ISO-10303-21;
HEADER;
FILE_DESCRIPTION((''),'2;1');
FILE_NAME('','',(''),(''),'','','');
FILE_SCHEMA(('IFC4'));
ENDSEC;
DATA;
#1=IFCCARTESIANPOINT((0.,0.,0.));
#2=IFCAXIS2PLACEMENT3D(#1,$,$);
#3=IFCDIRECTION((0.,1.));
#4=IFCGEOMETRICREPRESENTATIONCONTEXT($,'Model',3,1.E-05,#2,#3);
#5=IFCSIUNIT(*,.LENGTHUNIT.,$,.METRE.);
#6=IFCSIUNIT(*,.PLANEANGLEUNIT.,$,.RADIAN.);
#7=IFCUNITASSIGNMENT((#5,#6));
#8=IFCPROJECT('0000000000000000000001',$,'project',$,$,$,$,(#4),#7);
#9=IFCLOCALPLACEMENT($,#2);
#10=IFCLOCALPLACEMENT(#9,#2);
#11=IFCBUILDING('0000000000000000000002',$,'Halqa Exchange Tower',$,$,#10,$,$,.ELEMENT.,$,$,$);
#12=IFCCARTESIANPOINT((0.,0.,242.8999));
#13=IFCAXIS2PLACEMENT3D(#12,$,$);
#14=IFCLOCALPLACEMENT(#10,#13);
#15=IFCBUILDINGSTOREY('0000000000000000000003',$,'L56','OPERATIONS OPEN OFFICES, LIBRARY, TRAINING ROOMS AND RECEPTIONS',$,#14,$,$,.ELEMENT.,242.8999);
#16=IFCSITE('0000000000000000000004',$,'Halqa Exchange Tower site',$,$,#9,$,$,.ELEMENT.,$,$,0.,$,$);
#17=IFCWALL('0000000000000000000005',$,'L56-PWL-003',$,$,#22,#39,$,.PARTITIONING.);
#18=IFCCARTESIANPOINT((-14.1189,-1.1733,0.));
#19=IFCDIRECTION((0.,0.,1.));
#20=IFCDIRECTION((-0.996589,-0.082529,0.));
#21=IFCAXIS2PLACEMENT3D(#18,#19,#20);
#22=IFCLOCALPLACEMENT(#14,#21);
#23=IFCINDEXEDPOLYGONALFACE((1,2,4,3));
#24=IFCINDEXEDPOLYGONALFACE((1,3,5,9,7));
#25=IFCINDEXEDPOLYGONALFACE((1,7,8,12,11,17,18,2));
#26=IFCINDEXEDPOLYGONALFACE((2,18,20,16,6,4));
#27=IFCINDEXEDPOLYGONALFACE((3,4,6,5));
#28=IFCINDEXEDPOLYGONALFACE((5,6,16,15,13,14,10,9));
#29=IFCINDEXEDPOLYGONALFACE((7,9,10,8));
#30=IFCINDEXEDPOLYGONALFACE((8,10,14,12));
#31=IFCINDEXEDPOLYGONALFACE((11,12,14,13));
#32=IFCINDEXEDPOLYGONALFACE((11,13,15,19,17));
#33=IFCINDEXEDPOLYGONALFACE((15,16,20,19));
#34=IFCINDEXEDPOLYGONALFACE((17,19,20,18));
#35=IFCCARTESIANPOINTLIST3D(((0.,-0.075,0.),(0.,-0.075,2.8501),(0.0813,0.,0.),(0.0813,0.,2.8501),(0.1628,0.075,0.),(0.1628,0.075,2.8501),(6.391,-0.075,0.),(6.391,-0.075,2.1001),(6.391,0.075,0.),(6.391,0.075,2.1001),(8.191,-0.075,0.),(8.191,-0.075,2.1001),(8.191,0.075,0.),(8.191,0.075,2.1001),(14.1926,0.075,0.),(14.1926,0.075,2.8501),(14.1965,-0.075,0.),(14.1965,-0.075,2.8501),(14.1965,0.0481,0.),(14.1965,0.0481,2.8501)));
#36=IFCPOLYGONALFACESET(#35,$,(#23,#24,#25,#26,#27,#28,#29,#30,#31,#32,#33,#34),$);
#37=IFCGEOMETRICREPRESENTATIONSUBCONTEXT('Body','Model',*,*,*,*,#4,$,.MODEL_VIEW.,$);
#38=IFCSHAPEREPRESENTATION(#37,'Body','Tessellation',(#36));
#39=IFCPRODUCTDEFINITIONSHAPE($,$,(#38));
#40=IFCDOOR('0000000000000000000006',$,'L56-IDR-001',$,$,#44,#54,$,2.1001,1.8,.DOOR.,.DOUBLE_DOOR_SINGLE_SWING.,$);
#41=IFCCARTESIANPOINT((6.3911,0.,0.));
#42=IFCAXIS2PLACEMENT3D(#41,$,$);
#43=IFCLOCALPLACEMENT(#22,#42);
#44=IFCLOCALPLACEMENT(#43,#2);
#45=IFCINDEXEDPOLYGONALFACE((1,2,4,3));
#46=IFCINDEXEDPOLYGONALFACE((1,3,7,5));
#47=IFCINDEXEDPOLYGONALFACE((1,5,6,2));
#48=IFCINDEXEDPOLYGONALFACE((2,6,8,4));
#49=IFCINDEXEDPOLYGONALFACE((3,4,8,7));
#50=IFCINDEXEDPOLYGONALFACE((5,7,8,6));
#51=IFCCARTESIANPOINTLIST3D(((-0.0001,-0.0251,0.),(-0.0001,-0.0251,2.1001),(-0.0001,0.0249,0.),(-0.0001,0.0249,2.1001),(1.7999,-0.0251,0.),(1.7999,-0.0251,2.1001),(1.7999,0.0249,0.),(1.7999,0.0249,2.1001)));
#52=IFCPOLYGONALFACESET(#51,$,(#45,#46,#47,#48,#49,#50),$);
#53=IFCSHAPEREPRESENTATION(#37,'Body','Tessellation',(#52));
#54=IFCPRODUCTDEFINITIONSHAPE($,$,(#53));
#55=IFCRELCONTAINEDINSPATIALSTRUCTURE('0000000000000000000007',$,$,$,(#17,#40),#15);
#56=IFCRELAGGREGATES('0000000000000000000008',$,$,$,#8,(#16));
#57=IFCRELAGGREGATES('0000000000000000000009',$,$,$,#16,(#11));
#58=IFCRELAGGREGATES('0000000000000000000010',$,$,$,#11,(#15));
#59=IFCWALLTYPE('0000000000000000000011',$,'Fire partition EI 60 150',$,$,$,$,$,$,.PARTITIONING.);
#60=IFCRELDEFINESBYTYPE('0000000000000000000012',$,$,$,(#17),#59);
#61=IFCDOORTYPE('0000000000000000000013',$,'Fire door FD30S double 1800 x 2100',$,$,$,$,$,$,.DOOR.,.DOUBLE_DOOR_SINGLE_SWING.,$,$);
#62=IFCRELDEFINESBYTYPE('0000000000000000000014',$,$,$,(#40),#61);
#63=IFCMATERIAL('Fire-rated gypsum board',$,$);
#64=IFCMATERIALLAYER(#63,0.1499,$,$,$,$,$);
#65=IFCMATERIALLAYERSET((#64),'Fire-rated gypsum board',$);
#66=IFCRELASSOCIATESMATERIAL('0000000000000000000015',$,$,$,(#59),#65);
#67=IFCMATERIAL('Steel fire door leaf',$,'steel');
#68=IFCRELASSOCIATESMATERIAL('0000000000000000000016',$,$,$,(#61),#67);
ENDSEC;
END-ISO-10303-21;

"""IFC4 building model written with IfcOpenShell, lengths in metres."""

from ifc_helpers import new_model, si_unit, direction, frame, frame_2d, origin, place, context, subcontext, project, spatial, polyline, rectangle, outline, extrude, material, layer, layer_set, type_object, element, fill, save


model = new_model("IFC4")

# Units and contexts
model_context = context("Model", 3, precision=1e-05, world=origin(), true_north=direction((0.0, 1.0)))
body_context = subcontext(model_context, "Body", "Model", "MODEL_VIEW")
ifc_project = project(units=[si_unit("LENGTHUNIT", "METRE"), si_unit("PLANEANGLEUNIT", "RADIAN")], contexts=[model_context])

# Site, building, storey
site_placement = place(None, origin())
site = spatial("IfcSite", under=ifc_project, at=site_placement, Name="Halqa Exchange Tower site", CompositionType="ELEMENT", RefElevation=0.0)
building_placement = place(site_placement, origin())
building = spatial("IfcBuilding", under=site, at=building_placement, Name="Halqa Exchange Tower", CompositionType="ELEMENT")
storey_placement = place(building_placement, frame((0.0, 0.0, 242.8999)))
storey = spatial("IfcBuildingStorey", under=building, at=storey_placement, Name="L56", Description="OPERATIONS OPEN OFFICES, LIBRARY, TRAINING ROOMS AND RECEPTIONS", CompositionType="ELEMENT", Elevation=242.8999)

# Wall, opening, door
ifc_material_1 = material(Name="Fire-rated gypsum board")
ifc_layer_1 = layer(ifc_material_1, 0.1499)
ifc_layer_set_1 = layer_set([ifc_layer_1], Name="Fire-rated gypsum board")
wall_type_1 = type_object("IfcWallType", Name="Fire partition EI 60 150", PredefinedType="PARTITIONING", material=ifc_layer_set_1)
wall_1_placement = place(storey_placement, frame((-14.1189, -1.1733, 0.0), z_axis=(0.0, 0.0, 1.0), x_axis=(-0.996589, -0.082529, 0.0)))
wall_1 = element("IfcWall", 1, at=wall_1_placement, inside=storey, type_object=wall_type_1, Name="L56-PWL-003", PredefinedType="PARTITIONING", context=body_context, shape_type="SweptSolid", body=[
    extrude(outline(polyline([(14.1965, -0.075), (14.1965, 0.0481), (14.1926, 0.075), (12.4387, 0.075), (10.6851, 0.075), (8.9314, 0.075), (7.1777, 0.075), (5.4241, 0.075), (3.6702, 0.075), (1.9165, 0.075), (0.1628, 0.075), (0.0813, 0.0), (0.0, -0.075), (1.7747, -0.075), (3.5491, -0.075), (5.3237, -0.075), (7.0984, -0.075), (8.8728, -0.075), (10.6475, -0.075), (12.4219, -0.075), (14.1965, -0.075)])), origin(), (0.0, 0.0, 1.0), 2.8501),
])
opening_1_placement = place(wall_1_placement, frame((6.3911, 0.0, 0.0)))
opening_1 = element("IfcOpeningElement", 2, at=opening_1_placement, cuts=wall_1, PredefinedType="OPENING", context=body_context, shape_type="SweptSolid", body=[
    extrude(rectangle(XDim=1.8, YDim=2.1001, at=frame_2d((0.8999, 1.05))), frame((0.0, 0.0869, 0.0), z_axis=(0.0, -1.0, 0.0), x_axis=(1.0, 0.0, 0.0)), (0.0, 0.0, 1.0), 0.1738),
])
ifc_material_2 = material(Name="Steel fire door leaf", Category="steel")
door_type_1 = type_object("IfcDoorType", Name="Fire door FD30S double 1800 x 2100", OperationType="DOUBLE_DOOR_SINGLE_SWING", PredefinedType="DOOR", material=ifc_material_2)
door_1_placement = place(opening_1_placement, origin())
door_1 = element("IfcDoor", 3, at=door_1_placement, inside=storey, type_object=door_type_1, Name="L56-IDR-001", OperationType="DOUBLE_DOOR_SINGLE_SWING", OverallHeight=2.1001, OverallWidth=1.8, PredefinedType="DOOR", context=body_context, shape_type="SweptSolid", body=[
    extrude(rectangle(XDim=1.8, YDim=2.1001, at=frame_2d((0.8999, 1.05))), frame((0.0, 0.0249, 0.0), z_axis=(0.0, -1.0, 0.0), x_axis=(1.0, 0.0, 0.0)), (0.0, 0.0, 1.0), 0.05),
])
fill(opening_1, door_1)

save(model, "model.ifc")
